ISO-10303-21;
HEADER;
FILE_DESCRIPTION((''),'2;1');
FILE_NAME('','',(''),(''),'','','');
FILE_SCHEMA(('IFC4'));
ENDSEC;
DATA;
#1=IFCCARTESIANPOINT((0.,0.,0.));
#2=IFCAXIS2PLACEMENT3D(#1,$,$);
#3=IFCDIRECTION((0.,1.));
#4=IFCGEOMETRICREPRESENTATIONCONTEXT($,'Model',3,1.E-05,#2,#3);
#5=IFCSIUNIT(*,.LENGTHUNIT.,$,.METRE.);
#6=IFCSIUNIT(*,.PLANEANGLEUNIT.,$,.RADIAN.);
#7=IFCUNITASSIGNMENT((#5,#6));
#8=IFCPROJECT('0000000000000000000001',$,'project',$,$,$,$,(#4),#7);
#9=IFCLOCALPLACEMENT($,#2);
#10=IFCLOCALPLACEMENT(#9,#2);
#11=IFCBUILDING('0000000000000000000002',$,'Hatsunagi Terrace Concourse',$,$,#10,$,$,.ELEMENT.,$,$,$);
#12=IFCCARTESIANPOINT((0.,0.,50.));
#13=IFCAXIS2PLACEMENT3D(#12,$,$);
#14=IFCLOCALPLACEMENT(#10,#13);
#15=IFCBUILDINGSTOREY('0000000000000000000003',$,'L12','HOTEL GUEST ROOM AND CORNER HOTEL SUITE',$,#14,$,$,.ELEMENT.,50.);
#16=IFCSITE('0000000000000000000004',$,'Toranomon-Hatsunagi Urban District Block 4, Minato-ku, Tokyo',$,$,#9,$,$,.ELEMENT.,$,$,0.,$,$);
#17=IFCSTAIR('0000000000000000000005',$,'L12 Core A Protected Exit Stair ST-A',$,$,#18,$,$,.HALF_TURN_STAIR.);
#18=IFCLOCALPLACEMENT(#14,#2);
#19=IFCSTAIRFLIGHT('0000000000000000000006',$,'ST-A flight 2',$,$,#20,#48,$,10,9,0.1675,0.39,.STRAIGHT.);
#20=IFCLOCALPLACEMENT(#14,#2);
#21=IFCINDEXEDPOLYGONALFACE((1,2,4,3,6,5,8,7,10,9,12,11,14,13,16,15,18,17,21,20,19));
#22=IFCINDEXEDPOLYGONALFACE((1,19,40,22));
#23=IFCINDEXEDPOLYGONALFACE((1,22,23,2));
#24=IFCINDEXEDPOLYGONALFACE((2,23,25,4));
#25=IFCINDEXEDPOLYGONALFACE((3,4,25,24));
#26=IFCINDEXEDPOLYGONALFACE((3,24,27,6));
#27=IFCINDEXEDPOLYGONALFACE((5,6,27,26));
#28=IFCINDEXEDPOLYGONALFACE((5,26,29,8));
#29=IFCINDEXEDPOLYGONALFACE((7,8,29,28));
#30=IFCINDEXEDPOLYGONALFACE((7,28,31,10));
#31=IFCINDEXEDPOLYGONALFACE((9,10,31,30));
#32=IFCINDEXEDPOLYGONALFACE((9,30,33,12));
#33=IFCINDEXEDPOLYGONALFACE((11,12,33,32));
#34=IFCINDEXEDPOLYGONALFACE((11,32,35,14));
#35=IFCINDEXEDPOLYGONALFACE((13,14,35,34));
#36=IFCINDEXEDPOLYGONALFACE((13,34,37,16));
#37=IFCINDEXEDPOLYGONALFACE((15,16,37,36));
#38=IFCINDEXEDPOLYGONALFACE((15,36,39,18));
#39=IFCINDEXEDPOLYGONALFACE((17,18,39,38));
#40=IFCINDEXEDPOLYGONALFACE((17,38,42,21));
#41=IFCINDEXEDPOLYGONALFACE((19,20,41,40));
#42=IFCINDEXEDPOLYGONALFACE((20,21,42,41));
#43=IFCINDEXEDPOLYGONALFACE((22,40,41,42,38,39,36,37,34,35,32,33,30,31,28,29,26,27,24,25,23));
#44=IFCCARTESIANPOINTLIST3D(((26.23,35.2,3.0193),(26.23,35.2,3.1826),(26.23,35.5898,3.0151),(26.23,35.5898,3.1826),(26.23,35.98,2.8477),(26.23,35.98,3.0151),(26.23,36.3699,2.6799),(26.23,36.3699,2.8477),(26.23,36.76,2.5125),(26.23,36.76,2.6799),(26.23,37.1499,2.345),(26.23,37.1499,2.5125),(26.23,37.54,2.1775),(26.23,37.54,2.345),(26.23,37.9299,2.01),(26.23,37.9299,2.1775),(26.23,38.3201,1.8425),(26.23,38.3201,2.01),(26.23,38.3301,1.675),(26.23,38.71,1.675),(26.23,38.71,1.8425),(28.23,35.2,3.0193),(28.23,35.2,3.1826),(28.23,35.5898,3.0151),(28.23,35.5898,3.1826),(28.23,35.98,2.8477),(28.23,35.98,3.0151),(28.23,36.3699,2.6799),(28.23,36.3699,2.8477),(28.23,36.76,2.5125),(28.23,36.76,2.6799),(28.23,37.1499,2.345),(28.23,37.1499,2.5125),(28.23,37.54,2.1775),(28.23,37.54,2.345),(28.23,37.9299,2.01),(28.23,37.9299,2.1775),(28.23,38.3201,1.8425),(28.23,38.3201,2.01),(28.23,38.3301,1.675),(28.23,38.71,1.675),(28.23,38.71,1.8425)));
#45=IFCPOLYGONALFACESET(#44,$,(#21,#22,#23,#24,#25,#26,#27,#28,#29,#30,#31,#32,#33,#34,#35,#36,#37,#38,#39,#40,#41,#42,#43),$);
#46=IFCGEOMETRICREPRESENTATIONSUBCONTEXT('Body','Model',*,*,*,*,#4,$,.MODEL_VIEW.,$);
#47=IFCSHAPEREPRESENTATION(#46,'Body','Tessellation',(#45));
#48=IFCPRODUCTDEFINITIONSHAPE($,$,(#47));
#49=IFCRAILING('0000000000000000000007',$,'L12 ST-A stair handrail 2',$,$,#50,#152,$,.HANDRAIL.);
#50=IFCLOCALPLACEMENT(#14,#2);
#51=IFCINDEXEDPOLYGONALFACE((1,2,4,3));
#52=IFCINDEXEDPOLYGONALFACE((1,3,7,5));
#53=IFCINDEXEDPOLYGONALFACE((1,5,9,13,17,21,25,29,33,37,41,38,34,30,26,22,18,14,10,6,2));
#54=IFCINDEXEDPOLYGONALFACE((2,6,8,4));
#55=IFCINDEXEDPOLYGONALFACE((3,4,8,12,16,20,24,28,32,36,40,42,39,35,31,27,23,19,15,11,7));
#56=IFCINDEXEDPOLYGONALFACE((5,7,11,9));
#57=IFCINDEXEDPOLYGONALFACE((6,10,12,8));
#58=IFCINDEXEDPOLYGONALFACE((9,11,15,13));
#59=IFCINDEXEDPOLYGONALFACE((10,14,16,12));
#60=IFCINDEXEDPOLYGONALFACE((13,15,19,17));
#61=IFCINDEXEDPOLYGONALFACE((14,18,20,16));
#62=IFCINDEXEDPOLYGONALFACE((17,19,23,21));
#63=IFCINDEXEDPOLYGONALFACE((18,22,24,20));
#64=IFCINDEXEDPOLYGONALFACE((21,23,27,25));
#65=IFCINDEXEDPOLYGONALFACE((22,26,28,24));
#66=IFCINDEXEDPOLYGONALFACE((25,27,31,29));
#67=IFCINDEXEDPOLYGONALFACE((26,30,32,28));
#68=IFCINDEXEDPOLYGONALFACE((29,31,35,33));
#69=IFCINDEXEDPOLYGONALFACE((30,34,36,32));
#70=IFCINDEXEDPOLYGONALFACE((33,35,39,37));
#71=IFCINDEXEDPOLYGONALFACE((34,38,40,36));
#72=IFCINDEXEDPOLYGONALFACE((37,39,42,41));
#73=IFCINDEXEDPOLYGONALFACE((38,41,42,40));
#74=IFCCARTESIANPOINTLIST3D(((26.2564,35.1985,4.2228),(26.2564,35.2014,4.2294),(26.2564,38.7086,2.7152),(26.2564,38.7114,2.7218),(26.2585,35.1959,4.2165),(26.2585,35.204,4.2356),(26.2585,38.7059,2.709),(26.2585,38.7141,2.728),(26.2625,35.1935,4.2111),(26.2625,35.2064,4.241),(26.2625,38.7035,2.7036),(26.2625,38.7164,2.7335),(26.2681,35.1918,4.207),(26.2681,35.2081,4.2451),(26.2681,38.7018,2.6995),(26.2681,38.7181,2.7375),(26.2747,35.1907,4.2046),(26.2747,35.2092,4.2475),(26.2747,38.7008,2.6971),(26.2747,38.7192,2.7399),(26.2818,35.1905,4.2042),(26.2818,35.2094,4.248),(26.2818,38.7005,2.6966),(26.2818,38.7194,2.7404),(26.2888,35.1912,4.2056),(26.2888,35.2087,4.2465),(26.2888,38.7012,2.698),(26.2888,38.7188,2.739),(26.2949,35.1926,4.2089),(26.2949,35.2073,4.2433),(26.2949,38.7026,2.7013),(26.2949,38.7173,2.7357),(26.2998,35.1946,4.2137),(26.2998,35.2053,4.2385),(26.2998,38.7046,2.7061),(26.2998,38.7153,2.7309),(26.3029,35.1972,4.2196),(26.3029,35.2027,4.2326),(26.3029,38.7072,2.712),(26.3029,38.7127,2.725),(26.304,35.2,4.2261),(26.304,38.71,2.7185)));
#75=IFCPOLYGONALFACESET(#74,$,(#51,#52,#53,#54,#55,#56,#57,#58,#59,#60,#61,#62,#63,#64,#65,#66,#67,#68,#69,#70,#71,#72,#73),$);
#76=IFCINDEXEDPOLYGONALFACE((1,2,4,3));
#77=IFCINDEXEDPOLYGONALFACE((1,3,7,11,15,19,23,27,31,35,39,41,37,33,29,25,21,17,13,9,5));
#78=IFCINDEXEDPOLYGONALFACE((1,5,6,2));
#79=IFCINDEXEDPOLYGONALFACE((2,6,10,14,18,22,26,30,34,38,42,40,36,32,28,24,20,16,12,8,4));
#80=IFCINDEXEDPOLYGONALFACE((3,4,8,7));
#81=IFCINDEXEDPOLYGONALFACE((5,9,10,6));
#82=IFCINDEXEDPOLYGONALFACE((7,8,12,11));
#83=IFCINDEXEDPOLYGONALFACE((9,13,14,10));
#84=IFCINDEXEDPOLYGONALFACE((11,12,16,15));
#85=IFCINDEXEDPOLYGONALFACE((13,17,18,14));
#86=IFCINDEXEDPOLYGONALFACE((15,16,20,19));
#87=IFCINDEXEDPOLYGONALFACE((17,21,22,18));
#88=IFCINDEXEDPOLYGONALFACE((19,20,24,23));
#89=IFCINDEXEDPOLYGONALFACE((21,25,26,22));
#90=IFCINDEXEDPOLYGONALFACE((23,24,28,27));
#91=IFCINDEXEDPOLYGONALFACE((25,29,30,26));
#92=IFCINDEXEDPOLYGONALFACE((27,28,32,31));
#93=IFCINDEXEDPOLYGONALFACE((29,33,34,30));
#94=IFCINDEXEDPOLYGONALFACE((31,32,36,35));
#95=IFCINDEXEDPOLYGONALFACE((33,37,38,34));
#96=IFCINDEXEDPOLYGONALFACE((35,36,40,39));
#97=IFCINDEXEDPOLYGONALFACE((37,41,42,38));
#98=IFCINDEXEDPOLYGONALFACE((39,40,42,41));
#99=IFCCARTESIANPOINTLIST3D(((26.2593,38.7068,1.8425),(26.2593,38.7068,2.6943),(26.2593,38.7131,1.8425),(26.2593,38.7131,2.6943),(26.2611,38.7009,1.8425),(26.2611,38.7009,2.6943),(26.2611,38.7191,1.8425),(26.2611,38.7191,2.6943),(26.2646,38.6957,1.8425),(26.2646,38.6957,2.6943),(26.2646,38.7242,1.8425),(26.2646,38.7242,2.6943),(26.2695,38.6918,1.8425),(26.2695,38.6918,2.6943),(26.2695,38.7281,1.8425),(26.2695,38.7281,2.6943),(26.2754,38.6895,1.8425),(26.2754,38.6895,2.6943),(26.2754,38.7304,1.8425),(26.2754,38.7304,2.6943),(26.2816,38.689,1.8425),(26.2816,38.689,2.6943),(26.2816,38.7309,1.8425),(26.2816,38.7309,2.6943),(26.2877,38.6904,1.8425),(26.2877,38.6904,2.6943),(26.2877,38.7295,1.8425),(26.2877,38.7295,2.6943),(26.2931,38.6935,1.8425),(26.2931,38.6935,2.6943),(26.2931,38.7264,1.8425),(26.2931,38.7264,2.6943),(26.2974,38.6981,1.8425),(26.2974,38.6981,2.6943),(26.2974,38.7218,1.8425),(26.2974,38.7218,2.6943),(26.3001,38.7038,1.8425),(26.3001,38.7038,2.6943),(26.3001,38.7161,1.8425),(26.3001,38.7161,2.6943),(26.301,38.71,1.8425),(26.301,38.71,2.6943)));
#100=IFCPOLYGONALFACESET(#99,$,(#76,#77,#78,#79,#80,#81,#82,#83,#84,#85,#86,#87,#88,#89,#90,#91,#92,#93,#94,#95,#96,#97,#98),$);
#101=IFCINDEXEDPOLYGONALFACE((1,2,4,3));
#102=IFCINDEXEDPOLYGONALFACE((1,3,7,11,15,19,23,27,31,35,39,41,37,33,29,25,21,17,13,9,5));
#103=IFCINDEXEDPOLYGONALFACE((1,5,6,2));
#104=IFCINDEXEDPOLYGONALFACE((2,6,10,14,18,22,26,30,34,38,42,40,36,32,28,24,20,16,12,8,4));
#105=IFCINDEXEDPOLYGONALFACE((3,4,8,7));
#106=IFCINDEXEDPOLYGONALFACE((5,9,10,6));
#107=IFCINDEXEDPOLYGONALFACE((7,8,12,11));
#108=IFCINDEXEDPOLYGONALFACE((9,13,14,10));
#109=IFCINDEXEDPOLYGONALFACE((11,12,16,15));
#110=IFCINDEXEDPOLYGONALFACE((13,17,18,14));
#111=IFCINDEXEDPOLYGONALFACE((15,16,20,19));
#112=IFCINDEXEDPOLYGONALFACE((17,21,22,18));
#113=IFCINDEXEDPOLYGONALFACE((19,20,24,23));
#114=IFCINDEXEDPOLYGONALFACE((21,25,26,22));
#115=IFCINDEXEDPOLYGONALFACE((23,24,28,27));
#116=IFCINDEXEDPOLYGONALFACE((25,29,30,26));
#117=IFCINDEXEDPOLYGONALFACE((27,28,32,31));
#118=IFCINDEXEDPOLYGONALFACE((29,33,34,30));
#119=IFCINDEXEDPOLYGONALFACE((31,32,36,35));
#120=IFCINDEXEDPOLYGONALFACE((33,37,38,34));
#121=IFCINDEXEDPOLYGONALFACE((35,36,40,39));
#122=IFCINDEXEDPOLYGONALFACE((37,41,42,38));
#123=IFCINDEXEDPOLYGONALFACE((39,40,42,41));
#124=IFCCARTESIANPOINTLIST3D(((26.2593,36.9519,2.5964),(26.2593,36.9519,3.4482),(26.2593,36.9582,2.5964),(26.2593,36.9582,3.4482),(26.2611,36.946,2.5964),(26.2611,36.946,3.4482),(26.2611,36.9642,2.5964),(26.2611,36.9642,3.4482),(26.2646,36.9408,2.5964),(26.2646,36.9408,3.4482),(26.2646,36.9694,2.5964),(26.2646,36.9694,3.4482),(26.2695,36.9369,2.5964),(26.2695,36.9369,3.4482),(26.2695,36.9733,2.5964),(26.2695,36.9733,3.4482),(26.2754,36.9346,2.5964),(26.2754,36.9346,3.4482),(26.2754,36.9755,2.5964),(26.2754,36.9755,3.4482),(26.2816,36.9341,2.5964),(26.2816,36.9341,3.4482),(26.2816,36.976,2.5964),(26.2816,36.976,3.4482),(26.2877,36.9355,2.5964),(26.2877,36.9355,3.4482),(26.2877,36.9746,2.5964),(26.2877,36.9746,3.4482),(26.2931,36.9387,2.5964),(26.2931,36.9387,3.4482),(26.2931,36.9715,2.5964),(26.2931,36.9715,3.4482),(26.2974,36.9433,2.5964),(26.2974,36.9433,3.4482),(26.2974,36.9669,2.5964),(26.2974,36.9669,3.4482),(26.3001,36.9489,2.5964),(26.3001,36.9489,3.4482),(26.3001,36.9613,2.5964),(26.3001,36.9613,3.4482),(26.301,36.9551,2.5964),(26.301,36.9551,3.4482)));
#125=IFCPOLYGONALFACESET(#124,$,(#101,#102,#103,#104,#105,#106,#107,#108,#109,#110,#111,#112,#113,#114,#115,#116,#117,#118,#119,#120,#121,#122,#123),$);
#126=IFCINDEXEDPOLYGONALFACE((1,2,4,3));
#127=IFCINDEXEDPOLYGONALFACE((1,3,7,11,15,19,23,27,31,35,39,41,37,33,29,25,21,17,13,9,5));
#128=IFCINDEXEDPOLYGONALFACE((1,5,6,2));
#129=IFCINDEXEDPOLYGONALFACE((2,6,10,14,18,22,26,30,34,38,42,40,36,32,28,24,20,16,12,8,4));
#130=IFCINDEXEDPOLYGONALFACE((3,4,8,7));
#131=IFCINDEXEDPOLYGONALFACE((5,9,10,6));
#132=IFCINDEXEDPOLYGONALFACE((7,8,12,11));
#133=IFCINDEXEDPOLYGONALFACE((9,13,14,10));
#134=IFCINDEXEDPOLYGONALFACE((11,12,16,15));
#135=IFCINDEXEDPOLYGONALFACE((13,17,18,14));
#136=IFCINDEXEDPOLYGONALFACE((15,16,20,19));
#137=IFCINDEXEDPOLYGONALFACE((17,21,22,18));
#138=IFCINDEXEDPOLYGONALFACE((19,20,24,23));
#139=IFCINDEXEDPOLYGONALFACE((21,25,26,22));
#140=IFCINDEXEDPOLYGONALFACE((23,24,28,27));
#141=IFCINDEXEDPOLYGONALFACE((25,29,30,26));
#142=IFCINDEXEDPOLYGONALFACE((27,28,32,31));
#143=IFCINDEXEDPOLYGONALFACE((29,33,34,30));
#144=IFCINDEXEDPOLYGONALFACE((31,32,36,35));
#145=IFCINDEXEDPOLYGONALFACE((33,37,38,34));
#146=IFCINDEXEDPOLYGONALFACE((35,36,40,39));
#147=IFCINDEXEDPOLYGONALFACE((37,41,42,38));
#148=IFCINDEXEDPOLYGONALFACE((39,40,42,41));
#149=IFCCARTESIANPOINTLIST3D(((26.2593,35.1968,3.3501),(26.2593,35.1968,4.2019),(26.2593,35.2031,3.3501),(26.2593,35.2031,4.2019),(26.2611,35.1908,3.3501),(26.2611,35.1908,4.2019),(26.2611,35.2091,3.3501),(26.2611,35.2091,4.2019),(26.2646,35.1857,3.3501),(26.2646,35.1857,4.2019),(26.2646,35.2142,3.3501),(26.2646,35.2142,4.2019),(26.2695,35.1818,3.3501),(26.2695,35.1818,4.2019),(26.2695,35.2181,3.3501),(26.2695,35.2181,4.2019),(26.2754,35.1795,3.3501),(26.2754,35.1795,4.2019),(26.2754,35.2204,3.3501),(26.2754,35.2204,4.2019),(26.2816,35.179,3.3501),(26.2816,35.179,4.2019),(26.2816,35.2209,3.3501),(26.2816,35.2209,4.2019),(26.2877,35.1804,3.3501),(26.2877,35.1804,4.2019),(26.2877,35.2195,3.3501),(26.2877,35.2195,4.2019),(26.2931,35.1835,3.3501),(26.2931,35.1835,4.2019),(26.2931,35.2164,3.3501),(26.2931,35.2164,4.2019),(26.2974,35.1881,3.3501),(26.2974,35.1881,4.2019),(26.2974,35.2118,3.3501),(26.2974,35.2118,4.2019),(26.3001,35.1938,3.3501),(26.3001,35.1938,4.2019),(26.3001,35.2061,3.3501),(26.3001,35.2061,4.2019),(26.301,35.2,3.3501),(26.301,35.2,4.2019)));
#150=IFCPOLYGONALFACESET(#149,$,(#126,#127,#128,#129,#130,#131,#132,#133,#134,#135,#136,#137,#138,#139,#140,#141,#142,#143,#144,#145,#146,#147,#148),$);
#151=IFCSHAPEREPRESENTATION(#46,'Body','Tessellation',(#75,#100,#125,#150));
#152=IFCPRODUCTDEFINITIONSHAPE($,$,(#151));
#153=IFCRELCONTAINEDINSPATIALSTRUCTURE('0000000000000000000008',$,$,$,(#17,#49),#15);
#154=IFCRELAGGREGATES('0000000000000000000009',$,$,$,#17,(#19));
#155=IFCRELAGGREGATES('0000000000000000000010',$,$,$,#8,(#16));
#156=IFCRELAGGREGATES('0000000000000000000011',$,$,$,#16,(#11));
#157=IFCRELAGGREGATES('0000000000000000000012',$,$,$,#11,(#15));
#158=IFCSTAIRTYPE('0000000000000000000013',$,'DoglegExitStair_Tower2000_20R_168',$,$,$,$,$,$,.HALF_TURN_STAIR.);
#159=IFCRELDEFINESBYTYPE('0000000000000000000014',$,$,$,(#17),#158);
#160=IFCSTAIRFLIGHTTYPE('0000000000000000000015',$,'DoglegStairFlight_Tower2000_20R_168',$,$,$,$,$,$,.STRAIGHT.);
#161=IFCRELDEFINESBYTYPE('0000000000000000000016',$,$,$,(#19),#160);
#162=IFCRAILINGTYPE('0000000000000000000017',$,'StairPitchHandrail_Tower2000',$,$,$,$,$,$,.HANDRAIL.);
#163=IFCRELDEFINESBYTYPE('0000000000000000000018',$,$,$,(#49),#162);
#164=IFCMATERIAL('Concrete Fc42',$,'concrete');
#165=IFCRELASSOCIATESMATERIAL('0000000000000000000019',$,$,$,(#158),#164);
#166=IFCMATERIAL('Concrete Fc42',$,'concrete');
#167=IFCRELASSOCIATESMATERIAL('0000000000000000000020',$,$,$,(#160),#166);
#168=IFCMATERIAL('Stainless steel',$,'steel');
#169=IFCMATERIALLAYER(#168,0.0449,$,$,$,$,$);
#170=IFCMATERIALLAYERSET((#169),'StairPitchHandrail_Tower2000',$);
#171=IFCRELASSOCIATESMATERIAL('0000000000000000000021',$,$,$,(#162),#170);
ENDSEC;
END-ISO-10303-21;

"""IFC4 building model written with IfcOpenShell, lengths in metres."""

from ifc_helpers import new_model, si_unit, direction, frame, origin, origin_2d, place, context, subcontext, project, spatial, polyline, circle, outline, extrude, material, layer, layer_set, type_object, element, aggregate, save


model = new_model("IFC4")

# Units and contexts
model_context = context("Model", 3, precision=1e-05, world=origin(), true_north=direction((0.0, 1.0)))
body_context = subcontext(model_context, "Body", "Model", "MODEL_VIEW")
ifc_project = project(units=[si_unit("LENGTHUNIT", "METRE"), si_unit("PLANEANGLEUNIT", "RADIAN")], contexts=[model_context])

# Site, building, storey
site_placement = place(None, origin())
site = spatial("IfcSite", under=ifc_project, at=site_placement, Name="Toranomon-Hatsunagi Urban District Block 4, Minato-ku, Tokyo", CompositionType="ELEMENT", RefElevation=0.0)
building_placement = place(site_placement, origin())
building = spatial("IfcBuilding", under=site, at=building_placement, Name="Hatsunagi Terrace Concourse", CompositionType="ELEMENT")
storey_placement = place(building_placement, frame((0.0, 0.0, 50.0)))
storey = spatial("IfcBuildingStorey", under=building, at=storey_placement, Name="L12", Description="HOTEL GUEST ROOM AND CORNER HOTEL SUITE", CompositionType="ELEMENT", Elevation=50.0)

# Stair, stair flight
ifc_material_1 = material(Name="Concrete Fc42", Category="concrete")
stair_type = type_object("IfcStairType", Name="DoglegExitStair_Tower2000_20R_168", PredefinedType="HALF_TURN_STAIR", material=ifc_material_1)
stair_placement = place(storey_placement, origin())
stair = element("IfcStair", 1, at=stair_placement, inside=storey, type_object=stair_type, Name="L12 Core A Protected Exit Stair ST-A", PredefinedType="HALF_TURN_STAIR")
ifc_material_2 = material(Name="Concrete Fc42", Category="concrete")
stair_flight_type = type_object("IfcStairFlightType", Name="DoglegStairFlight_Tower2000_20R_168", PredefinedType="STRAIGHT", material=ifc_material_2)
stair_flight_placement = place(storey_placement, frame((27.23, 38.71, 1.675), z_axis=(0.0, 0.0, 1.0), x_axis=(0.0, -1.0, 0.0)))
stair_flight = element("IfcStairFlight", 2, at=stair_flight_placement, type_object=stair_flight_type, Name="ST-A flight 2", NumberOfRisers=10, NumberOfTreads=9, PredefinedType="STRAIGHT", RiserHeight=0.1675, TreadLength=0.39, context=body_context, shape_type="SweptSolid", body=[
    extrude(outline(polyline([(0.0, 0.0), (0.0, 0.1675), (0.3899, 0.1675), (0.3899, 0.335), (0.78, 0.335), (0.78, 0.5024), (1.1699, 0.5024), (1.1699, 0.6699), (1.5601, 0.6699), (1.5601, 0.8374), (1.95, 0.8374), (1.95, 1.0049), (2.3401, 1.0049), (2.3401, 1.1726), (2.73, 1.1726), (2.73, 1.3401), (3.1201, 1.3401), (3.1201, 1.5076), (3.51, 1.5076), (3.51, 1.675), (3.51, 1.3442), (0.3799, 0.0), (0.0, 0.0)])), frame((0.0, 1.0, 0.0), z_axis=(0.0, -1.0, 0.0), x_axis=(1.0, 0.0, 0.0)), (0.0, 0.0, 1.0), 2.0),
])
aggregate(stair, [stair_flight])

# Railing
ifc_material_3 = material(Name="Stainless steel", Category="steel")
ifc_layer_1 = layer(ifc_material_3, 0.0449)
ifc_layer_set_1 = layer_set([ifc_layer_1], Name="StairPitchHandrail_Tower2000")
railing_type = type_object("IfcRailingType", Name="StairPitchHandrail_Tower2000", PredefinedType="HANDRAIL", material=ifc_layer_set_1)
railing_placement = place(storey_placement, frame((26.28, 38.71, 1.8425)))
element("IfcRailing", 3, at=railing_placement, inside=storey, type_object=railing_type, Name="L12 ST-A stair handrail 2", PredefinedType="HANDRAIL", context=body_context, shape_type="SweptSolid", body=[
    extrude(circle(Radius=0.0239, at=origin_2d()), frame((0.0, 0.0, 0.876), z_axis=(0.0, -0.918834, 0.394644), x_axis=(1.0, 0.0, 0.0)), (0.0, 0.0, 1.0), 3.8201),
    extrude(circle(Radius=0.021, at=origin_2d()), origin(), (0.0, 0.0, 1.0), 0.8518),
    extrude(circle(Radius=0.021, at=origin_2d()), frame((0.0, -1.7549, 0.7539)), (0.0, 0.0, 1.0), 0.8518),
    extrude(circle(Radius=0.021, at=origin_2d()), frame((0.0, -3.51, 1.5076)), (0.0, 0.0, 1.0), 0.8518),
])

save(model, "model.ifc")
